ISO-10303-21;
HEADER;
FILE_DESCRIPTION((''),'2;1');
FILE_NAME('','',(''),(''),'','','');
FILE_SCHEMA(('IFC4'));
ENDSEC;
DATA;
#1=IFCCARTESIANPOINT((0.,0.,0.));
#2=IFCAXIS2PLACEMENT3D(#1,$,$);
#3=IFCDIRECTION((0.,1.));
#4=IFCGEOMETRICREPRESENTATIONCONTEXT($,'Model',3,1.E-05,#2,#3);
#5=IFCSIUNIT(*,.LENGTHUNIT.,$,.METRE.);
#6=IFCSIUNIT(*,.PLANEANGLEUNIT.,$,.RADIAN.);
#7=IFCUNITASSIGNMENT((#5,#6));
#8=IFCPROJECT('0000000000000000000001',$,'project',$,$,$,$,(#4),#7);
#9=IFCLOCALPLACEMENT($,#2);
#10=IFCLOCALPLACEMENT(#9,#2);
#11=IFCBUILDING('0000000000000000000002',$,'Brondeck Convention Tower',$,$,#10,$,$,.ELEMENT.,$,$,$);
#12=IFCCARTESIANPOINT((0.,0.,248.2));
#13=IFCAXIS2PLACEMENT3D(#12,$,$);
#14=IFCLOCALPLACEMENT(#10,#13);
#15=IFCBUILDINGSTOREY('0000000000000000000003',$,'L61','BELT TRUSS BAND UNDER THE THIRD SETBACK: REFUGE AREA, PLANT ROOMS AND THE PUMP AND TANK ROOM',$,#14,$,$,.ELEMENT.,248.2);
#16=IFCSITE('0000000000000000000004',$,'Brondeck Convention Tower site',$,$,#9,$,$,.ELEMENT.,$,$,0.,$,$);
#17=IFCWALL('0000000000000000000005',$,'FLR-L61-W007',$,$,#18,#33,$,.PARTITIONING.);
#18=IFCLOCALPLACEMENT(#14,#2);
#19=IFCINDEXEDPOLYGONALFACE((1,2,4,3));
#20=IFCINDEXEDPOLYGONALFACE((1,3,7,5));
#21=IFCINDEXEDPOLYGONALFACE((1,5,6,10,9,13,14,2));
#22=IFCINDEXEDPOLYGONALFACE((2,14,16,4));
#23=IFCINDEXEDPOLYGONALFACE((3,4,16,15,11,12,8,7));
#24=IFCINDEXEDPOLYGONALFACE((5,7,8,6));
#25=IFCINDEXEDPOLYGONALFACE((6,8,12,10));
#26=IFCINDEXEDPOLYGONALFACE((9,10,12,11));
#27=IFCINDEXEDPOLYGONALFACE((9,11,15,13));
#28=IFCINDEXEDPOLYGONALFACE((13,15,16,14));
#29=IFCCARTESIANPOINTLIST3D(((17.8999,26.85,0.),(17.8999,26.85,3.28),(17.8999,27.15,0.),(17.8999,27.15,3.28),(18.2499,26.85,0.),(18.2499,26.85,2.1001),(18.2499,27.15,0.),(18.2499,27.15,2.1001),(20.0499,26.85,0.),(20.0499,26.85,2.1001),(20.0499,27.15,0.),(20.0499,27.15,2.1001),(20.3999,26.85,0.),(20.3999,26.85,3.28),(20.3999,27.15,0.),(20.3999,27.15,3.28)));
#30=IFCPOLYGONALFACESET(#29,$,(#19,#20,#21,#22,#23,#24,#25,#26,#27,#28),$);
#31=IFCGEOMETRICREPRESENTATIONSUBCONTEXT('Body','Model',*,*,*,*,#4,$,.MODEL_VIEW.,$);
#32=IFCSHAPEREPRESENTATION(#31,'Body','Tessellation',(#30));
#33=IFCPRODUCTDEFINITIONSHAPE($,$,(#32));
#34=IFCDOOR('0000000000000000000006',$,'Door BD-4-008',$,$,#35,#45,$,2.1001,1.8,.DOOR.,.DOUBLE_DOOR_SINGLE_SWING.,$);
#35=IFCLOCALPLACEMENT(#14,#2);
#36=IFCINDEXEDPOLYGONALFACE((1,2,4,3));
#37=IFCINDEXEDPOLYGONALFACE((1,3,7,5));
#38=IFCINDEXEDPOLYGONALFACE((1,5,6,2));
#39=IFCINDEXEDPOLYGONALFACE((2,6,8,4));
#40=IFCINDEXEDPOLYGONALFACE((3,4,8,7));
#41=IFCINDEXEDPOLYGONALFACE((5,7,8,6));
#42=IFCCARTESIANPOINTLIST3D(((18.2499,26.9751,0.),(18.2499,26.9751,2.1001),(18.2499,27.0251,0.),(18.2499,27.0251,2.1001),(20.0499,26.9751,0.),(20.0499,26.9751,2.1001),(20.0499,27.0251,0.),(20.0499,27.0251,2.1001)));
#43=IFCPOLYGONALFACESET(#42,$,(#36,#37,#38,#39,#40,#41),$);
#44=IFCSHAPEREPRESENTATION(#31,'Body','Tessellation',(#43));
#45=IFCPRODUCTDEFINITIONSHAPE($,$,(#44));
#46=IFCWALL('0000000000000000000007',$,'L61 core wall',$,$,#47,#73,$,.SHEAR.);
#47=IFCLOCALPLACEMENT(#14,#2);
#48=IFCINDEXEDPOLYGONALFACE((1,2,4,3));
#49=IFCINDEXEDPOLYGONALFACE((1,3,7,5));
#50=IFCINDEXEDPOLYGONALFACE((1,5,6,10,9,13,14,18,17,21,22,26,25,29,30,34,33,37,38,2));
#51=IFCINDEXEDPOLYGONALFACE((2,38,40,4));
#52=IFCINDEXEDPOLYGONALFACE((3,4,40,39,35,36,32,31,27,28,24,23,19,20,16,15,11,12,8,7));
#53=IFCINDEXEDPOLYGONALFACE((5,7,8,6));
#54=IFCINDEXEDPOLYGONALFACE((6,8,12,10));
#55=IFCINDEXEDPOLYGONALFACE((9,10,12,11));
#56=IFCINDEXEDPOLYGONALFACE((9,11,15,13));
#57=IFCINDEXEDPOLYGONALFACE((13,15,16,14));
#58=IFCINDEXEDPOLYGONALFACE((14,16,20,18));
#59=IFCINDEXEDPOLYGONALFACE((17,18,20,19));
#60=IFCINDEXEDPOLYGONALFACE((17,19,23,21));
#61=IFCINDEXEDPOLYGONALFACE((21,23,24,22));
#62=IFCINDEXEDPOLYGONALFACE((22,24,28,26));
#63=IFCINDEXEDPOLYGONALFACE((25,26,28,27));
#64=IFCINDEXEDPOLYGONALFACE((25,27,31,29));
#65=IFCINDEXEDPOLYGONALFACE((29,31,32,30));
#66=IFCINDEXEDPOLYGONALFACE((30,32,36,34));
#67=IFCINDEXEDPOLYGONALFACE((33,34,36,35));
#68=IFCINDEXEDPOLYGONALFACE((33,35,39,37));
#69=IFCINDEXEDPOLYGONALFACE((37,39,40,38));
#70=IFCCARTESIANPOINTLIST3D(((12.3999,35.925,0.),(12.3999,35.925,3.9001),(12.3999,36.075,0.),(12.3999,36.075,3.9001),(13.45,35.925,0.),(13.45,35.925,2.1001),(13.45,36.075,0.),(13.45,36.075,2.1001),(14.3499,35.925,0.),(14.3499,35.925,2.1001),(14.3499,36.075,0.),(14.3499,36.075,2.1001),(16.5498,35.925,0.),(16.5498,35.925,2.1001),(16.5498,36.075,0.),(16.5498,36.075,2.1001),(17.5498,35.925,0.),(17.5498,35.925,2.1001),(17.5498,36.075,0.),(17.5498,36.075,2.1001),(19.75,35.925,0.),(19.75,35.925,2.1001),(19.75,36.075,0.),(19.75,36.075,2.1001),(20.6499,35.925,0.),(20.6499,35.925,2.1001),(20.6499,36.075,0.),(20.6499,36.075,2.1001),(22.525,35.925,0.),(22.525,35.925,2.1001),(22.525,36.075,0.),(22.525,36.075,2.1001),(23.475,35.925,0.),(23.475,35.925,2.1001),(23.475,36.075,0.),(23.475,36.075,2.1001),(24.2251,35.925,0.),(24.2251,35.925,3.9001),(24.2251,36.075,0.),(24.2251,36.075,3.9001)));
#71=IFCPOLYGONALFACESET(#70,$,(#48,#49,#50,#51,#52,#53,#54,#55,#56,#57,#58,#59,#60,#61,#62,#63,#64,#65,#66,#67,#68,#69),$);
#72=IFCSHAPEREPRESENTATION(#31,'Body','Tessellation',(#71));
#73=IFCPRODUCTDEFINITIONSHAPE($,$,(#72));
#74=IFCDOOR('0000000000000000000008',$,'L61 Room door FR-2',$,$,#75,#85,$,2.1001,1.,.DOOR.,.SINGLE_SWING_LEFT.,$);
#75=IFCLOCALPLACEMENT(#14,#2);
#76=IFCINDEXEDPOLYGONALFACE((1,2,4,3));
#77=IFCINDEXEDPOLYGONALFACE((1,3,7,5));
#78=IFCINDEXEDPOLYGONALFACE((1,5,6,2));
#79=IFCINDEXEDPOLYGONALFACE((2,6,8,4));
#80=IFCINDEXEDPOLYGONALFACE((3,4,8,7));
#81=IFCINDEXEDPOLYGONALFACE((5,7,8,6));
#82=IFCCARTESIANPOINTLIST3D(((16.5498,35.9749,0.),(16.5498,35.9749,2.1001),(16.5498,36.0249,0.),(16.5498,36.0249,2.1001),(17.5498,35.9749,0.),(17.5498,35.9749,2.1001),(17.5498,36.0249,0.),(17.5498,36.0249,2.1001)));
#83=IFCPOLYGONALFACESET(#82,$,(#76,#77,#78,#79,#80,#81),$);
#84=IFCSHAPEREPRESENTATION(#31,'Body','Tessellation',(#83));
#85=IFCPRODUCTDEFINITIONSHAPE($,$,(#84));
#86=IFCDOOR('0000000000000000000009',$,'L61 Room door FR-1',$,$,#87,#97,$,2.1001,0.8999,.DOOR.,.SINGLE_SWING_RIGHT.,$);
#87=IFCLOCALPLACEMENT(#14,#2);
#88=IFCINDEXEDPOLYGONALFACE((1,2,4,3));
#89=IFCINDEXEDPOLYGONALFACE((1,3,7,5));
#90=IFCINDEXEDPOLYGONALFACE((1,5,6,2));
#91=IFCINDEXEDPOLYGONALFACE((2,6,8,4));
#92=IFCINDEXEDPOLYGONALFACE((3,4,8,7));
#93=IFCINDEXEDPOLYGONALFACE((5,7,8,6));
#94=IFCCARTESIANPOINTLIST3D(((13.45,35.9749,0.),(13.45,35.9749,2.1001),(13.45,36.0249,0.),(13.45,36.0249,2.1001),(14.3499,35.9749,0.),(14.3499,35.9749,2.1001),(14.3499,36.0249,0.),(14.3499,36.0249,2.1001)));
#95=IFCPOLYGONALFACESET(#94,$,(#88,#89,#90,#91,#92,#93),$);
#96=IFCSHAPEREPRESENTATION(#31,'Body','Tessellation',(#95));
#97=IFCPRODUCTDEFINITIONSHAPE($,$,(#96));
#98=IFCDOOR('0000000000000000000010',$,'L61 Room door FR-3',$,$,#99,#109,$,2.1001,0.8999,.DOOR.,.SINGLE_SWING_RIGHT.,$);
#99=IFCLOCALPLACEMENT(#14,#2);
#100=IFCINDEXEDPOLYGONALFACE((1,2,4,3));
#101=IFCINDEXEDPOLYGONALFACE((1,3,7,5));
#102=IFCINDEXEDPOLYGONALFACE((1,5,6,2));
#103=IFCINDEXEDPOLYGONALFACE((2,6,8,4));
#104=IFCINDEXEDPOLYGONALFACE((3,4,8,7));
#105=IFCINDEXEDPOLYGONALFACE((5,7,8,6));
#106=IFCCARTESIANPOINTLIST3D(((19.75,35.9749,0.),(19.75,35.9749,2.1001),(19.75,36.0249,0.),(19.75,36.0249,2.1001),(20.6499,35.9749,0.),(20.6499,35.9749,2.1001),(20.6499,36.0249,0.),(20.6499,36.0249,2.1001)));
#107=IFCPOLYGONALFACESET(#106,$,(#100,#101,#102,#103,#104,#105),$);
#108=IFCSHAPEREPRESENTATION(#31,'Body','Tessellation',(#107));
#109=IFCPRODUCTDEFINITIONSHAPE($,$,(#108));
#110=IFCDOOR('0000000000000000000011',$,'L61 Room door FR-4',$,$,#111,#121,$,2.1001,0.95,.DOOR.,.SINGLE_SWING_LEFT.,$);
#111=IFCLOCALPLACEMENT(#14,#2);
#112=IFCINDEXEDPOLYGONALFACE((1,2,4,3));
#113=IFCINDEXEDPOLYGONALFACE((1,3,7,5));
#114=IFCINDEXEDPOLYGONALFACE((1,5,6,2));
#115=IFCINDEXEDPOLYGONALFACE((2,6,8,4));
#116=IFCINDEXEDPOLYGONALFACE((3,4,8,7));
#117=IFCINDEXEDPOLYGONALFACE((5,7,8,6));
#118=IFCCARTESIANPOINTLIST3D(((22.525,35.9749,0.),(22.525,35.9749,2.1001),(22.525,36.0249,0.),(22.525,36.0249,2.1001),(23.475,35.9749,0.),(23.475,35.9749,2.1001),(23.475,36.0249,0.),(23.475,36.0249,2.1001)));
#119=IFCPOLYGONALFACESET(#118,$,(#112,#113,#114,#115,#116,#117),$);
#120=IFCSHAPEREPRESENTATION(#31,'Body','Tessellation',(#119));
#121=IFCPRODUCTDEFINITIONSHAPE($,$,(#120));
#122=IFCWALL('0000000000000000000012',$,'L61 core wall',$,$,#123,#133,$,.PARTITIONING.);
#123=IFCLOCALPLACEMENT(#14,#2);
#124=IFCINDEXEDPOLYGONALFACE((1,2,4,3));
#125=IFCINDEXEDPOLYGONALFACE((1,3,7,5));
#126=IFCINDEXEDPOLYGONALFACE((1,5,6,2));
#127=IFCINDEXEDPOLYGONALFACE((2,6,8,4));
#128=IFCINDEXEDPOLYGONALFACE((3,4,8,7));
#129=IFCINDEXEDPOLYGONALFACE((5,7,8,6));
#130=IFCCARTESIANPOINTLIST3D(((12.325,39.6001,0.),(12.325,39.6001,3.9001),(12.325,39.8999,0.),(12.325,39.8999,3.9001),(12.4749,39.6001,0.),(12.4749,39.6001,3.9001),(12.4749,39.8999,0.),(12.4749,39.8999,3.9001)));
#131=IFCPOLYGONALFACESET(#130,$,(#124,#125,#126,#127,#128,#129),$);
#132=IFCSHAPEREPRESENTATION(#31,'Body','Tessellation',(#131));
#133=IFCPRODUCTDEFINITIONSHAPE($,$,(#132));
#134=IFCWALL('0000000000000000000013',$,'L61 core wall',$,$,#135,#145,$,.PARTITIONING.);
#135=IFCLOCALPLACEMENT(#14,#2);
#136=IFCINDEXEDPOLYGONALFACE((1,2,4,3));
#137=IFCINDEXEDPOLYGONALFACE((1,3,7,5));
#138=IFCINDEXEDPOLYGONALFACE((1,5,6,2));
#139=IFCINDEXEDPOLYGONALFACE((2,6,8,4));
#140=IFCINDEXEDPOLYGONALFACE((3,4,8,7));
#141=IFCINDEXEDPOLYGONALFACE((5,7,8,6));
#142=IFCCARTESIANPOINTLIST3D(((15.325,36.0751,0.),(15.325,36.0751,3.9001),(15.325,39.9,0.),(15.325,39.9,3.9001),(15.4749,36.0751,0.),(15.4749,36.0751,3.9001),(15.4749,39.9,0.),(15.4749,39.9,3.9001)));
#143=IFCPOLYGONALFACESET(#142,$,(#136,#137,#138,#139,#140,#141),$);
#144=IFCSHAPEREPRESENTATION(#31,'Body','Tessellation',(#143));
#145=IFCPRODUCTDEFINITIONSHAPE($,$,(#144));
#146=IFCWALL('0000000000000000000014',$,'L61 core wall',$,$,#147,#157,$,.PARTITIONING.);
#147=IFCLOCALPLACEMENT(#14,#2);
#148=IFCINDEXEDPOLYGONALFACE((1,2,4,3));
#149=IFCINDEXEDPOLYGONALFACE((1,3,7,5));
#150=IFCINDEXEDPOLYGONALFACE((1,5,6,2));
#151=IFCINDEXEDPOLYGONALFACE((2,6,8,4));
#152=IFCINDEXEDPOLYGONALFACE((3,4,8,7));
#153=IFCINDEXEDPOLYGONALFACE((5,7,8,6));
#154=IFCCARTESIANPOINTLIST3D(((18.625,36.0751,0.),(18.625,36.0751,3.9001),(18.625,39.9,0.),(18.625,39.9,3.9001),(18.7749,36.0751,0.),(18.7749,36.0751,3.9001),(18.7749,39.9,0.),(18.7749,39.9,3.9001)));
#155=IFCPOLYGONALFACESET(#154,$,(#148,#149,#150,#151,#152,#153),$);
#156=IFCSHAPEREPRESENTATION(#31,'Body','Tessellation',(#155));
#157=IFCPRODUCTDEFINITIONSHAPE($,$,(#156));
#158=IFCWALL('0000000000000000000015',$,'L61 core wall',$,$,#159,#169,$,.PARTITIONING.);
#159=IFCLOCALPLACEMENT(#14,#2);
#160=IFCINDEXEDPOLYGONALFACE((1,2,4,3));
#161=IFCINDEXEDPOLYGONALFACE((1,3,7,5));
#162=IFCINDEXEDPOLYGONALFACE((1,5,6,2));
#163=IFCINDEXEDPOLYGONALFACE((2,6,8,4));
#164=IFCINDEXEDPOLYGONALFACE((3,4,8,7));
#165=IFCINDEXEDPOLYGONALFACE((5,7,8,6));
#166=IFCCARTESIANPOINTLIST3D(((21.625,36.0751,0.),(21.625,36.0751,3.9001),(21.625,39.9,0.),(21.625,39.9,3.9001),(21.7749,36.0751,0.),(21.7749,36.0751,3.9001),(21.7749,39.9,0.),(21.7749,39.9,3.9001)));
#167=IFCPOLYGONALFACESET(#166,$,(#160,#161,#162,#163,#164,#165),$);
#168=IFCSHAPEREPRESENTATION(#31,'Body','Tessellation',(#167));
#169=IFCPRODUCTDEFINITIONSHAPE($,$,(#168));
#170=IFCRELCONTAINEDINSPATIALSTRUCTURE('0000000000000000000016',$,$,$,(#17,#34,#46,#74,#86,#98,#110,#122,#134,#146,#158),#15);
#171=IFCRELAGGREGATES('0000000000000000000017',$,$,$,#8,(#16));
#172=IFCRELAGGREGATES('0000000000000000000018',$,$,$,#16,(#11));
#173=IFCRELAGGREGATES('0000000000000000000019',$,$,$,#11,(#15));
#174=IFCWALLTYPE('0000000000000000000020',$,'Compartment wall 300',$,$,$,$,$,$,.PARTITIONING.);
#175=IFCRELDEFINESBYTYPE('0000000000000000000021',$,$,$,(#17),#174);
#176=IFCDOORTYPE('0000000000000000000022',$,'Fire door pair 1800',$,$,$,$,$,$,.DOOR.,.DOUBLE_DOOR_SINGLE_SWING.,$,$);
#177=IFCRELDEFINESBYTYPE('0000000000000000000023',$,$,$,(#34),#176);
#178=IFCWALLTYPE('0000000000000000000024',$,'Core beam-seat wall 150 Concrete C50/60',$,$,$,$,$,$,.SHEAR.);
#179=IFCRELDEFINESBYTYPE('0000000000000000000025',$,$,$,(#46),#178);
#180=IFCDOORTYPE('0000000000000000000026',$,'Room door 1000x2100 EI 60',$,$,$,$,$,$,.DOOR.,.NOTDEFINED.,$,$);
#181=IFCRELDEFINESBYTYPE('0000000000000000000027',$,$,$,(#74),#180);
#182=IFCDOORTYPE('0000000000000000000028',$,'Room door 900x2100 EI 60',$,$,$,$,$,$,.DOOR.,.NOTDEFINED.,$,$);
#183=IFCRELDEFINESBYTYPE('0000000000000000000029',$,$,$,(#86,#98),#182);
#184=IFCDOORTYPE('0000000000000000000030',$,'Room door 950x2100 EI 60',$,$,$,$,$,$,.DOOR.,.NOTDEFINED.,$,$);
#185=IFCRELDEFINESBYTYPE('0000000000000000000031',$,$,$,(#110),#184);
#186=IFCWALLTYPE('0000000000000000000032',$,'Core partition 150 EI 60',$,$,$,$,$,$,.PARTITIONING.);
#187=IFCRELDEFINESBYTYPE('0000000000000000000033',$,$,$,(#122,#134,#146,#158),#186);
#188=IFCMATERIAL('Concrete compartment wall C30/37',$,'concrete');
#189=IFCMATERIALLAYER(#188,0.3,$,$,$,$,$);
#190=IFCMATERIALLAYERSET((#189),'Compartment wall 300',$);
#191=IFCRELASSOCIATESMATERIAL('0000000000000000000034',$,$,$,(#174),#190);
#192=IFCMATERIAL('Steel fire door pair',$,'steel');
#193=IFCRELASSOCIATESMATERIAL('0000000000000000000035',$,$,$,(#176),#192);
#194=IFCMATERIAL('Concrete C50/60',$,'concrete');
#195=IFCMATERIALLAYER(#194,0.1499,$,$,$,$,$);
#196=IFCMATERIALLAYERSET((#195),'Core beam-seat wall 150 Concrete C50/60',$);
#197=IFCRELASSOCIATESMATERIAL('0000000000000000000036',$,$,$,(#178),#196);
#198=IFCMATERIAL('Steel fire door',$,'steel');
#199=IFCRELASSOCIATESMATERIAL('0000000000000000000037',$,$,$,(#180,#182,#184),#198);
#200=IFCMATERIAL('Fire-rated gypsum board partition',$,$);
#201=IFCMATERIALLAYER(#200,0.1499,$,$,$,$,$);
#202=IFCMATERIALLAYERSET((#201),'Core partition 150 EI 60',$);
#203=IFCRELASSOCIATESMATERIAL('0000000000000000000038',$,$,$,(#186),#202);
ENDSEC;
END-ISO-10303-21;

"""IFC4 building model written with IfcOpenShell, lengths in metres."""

from ifc_helpers import new_model, si_unit, direction, frame, frame_2d, origin, place, context, subcontext, project, spatial, rectangle, extrude, material, layer, layer_set, type_object, element, fill, save


model = new_model("IFC4")

# Units and contexts
model_context = context("Model", 3, precision=1e-05, world=origin(), true_north=direction((0.0, 1.0)))
body_context = subcontext(model_context, "Body", "Model", "MODEL_VIEW")
ifc_project = project(units=[si_unit("LENGTHUNIT", "METRE"), si_unit("PLANEANGLEUNIT", "RADIAN")], contexts=[model_context])

# Site, building, storey
site_placement = place(None, origin())
site = spatial("IfcSite", under=ifc_project, at=site_placement, Name="Brondeck Convention Tower site", CompositionType="ELEMENT", RefElevation=0.0)
building_placement = place(site_placement, origin())
building = spatial("IfcBuilding", under=site, at=building_placement, Name="Brondeck Convention Tower", CompositionType="ELEMENT")
storey_placement = place(building_placement, frame((0.0, 0.0, 248.2)))
storey = spatial("IfcBuildingStorey", under=building, at=storey_placement, Name="L61", Description="BELT TRUSS BAND UNDER THE THIRD SETBACK: REFUGE AREA, PLANT ROOMS AND THE PUMP AND TANK ROOM", CompositionType="ELEMENT", Elevation=248.2)

# Shared definitions
ifc_material_1 = material(Name="Concrete compartment wall C30/37", Category="concrete")
ifc_layer_1 = layer(ifc_material_1, 0.3)
ifc_layer_set_1 = layer_set([ifc_layer_1], Name="Compartment wall 300")
wall_type_1 = type_object("IfcWallType", Name="Compartment wall 300", PredefinedType="PARTITIONING", material=ifc_layer_set_1)

# Wall, opening, door
wall_1_placement = place(storey_placement, frame((20.3999, 27.0, 0.0), z_axis=(0.0, 0.0, 1.0), x_axis=(-1.0, 0.0, 0.0)))
wall_1 = element("IfcWall", 1, at=wall_1_placement, inside=storey, type_object=wall_type_1, Name="FLR-L61-W007", PredefinedType="PARTITIONING", context=body_context, shape_type="SweptSolid", body=[
    extrude(rectangle(XDim=2.5, YDim=0.3, at=frame_2d((1.25, 0.0))), origin(), (0.0, 0.0, 1.0), 3.28),
])
opening_1_placement = place(wall_1_placement, frame((0.3501, 0.0, 0.0)))
opening_1 = element("IfcOpeningElement", 2, at=opening_1_placement, cuts=wall_1, PredefinedType="OPENING", context=body_context, shape_type="SweptSolid", body=[
    extrude(rectangle(XDim=1.8, YDim=2.1001, at=frame_2d((0.8999, 1.05))), frame((0.0, 0.1599, 0.0), z_axis=(0.0, -1.0, 0.0), x_axis=(1.0, 0.0, 0.0)), (0.0, 0.0, 1.0), 0.3201),
])
ifc_material_2 = material(Name="Steel fire door pair", Category="steel")
door_type_1 = type_object("IfcDoorType", Name="Fire door pair 1800", OperationType="DOUBLE_DOOR_SINGLE_SWING", PredefinedType="DOOR", material=ifc_material_2)
door_1_placement = place(opening_1_placement, origin())
door_1 = element("IfcDoor", 3, at=door_1_placement, inside=storey, type_object=door_type_1, Name="Door BD-4-008", OperationType="DOUBLE_DOOR_SINGLE_SWING", OverallHeight=2.1001, OverallWidth=1.8, PredefinedType="DOOR", context=body_context, shape_type="SweptSolid", body=[
    extrude(rectangle(XDim=1.8, YDim=2.1001, at=frame_2d((0.8999, 1.05))), frame((0.0, 0.0249, 0.0), z_axis=(0.0, -1.0, 0.0), x_axis=(1.0, 0.0, 0.0)), (0.0, 0.0, 1.0), 0.05),
])
fill(opening_1, door_1)

# Wall, openings, doors
ifc_material_3 = material(Name="Concrete C50/60", Category="concrete")
ifc_layer_2 = layer(ifc_material_3, 0.1499)
ifc_layer_set_2 = layer_set([ifc_layer_2], Name="Core beam-seat wall 150 Concrete C50/60")
wall_type_2 = type_object("IfcWallType", Name="Core beam-seat wall 150 Concrete C50/60", PredefinedType="SHEAR", material=ifc_layer_set_2)
wall_2_placement = place(storey_placement, frame((12.3999, 36.0, 0.0), z_axis=(0.0, 0.0, 1.0), x_axis=(1.0, 0.0, 0.0)))
wall_2 = element("IfcWall", 4, at=wall_2_placement, inside=storey, type_object=wall_type_2, Name="L61 core wall", PredefinedType="SHEAR", context=body_context, shape_type="SweptSolid", body=[
    extrude(rectangle(XDim=11.8252, YDim=0.1499, at=frame_2d((5.9126, 0.0))), origin(), (0.0, 0.0, 1.0), 3.9001),
])
opening_2_placement = place(wall_2_placement, frame((1.05, 0.0, 0.0)))
opening_2 = element("IfcOpeningElement", 5, at=opening_2_placement, cuts=wall_2, PredefinedType="OPENING", context=body_context, shape_type="SweptSolid", body=[
    extrude(rectangle(XDim=0.8999, YDim=2.1001, at=frame_2d((0.45, 1.05))), frame((0.0, 0.085, 0.0), z_axis=(0.0, -1.0, 0.0), x_axis=(1.0, 0.0, 0.0)), (0.0, 0.0, 1.0), 0.1699),
])
opening_3_placement = place(wall_2_placement, frame((4.1499, 0.0, 0.0)))
opening_3 = element("IfcOpeningElement", 6, at=opening_3_placement, cuts=wall_2, PredefinedType="OPENING", context=body_context, shape_type="SweptSolid", body=[
    extrude(rectangle(XDim=1.0, YDim=2.1001, at=frame_2d((0.5, 1.05))), frame((0.0, 0.085, 0.0), z_axis=(0.0, -1.0, 0.0), x_axis=(1.0, 0.0, 0.0)), (0.0, 0.0, 1.0), 0.1699),
])
opening_4_placement = place(wall_2_placement, frame((7.3501, 0.0, 0.0)))
opening_4 = element("IfcOpeningElement", 7, at=opening_4_placement, cuts=wall_2, PredefinedType="OPENING", context=body_context, shape_type="SweptSolid", body=[
    extrude(rectangle(XDim=0.8999, YDim=2.1001, at=frame_2d((0.45, 1.05))), frame((0.0, 0.085, 0.0), z_axis=(0.0, -1.0, 0.0), x_axis=(1.0, 0.0, 0.0)), (0.0, 0.0, 1.0), 0.1699),
])
opening_5_placement = place(wall_2_placement, frame((10.125, 0.0, 0.0)))
opening_5 = element("IfcOpeningElement", 8, at=opening_5_placement, cuts=wall_2, PredefinedType="OPENING", context=body_context, shape_type="SweptSolid", body=[
    extrude(rectangle(XDim=0.95, YDim=2.1001, at=frame_2d((0.4751, 1.05))), frame((0.0, 0.085, 0.0), z_axis=(0.0, -1.0, 0.0), x_axis=(1.0, 0.0, 0.0)), (0.0, 0.0, 1.0), 0.1699),
])
ifc_material_4 = material(Name="Steel fire door", Category="steel")
door_type_2 = type_object("IfcDoorType", Name="Room door 1000x2100 EI 60", OperationType="NOTDEFINED", PredefinedType="DOOR", material=ifc_material_4)
door_2_placement = place(opening_3_placement, origin())
door_2 = element("IfcDoor", 9, at=door_2_placement, inside=storey, type_object=door_type_2, Name="L61 Room door FR-2", OperationType="SINGLE_SWING_LEFT", OverallHeight=2.1001, OverallWidth=1.0, PredefinedType="DOOR", context=body_context, shape_type="SweptSolid", body=[
    extrude(rectangle(XDim=1.0, YDim=2.1001, at=frame_2d((0.5, 1.05))), frame((0.0, 0.0249, 0.0), z_axis=(0.0, -1.0, 0.0), x_axis=(1.0, 0.0, 0.0)), (0.0, 0.0, 1.0), 0.05),
])
fill(opening_3, door_2)
door_type_3 = type_object("IfcDoorType", Name="Room door 900x2100 EI 60", OperationType="NOTDEFINED", PredefinedType="DOOR", material=ifc_material_4)
door_3_placement = place(opening_2_placement, origin())
door_3 = element("IfcDoor", 10, at=door_3_placement, inside=storey, type_object=door_type_3, Name="L61 Room door FR-1", OperationType="SINGLE_SWING_RIGHT", OverallHeight=2.1001, OverallWidth=0.8999, PredefinedType="DOOR", context=body_context, shape_type="SweptSolid", body=[
    extrude(rectangle(XDim=0.8999, YDim=2.1001, at=frame_2d((0.45, 1.05))), frame((0.0, 0.0249, 0.0), z_axis=(0.0, -1.0, 0.0), x_axis=(1.0, 0.0, 0.0)), (0.0, 0.0, 1.0), 0.05),
])
fill(opening_2, door_3)
door_4_placement = place(opening_4_placement, origin())
door_4 = element("IfcDoor", 11, at=door_4_placement, inside=storey, type_object=door_type_3, Name="L61 Room door FR-3", OperationType="SINGLE_SWING_RIGHT", OverallHeight=2.1001, OverallWidth=0.8999, PredefinedType="DOOR", context=body_context, shape_type="SweptSolid", body=[
    extrude(rectangle(XDim=0.8999, YDim=2.1001, at=frame_2d((0.45, 1.05))), frame((0.0, 0.0249, 0.0), z_axis=(0.0, -1.0, 0.0), x_axis=(1.0, 0.0, 0.0)), (0.0, 0.0, 1.0), 0.05),
])
fill(opening_4, door_4)
door_type_4 = type_object("IfcDoorType", Name="Room door 950x2100 EI 60", OperationType="NOTDEFINED", PredefinedType="DOOR", material=ifc_material_4)
door_5_placement = place(opening_5_placement, origin())
door_5 = element("IfcDoor", 12, at=door_5_placement, inside=storey, type_object=door_type_4, Name="L61 Room door FR-4", OperationType="SINGLE_SWING_LEFT", OverallHeight=2.1001, OverallWidth=0.95, PredefinedType="DOOR", context=body_context, shape_type="SweptSolid", body=[
    extrude(rectangle(XDim=0.95, YDim=2.1001, at=frame_2d((0.4751, 1.05))), frame((0.0, 0.0249, 0.0), z_axis=(0.0, -1.0, 0.0), x_axis=(1.0, 0.0, 0.0)), (0.0, 0.0, 1.0), 0.05),
])
fill(opening_5, door_5)

# Walls
ifc_material_5 = material(Name="Fire-rated gypsum board partition")
ifc_layer_3 = layer(ifc_material_5, 0.1499)
ifc_layer_set_3 = layer_set([ifc_layer_3], Name="Core partition 150 EI 60")
wall_type_3 = type_object("IfcWallType", Name="Core partition 150 EI 60", PredefinedType="PARTITIONING", material=ifc_layer_set_3)
wall_3_placement = place(storey_placement, frame((12.3999, 39.6001, 0.0), z_axis=(0.0, 0.0, 1.0), x_axis=(0.0, 1.0, 0.0)))
element("IfcWall", 13, at=wall_3_placement, inside=storey, type_object=wall_type_3, Name="L61 core wall", PredefinedType="PARTITIONING", context=body_context, shape_type="SweptSolid", body=[
    extrude(rectangle(XDim=0.2998, YDim=0.1499, at=frame_2d((0.1499, 0.0))), origin(), (0.0, 0.0, 1.0), 3.9001),
])
for number, where, z_axis, x_axis, name in (
    (14, (15.3999, 36.075, 0.0), (0.0, 0.0, 1.0), (0.0, 1.0, 0.0), "L61 core wall"),
    (15, (18.7, 36.075, 0.0), (0.0, 0.0, 1.0), (0.0, 1.0, 0.0), "L61 core wall"),
    (16, (21.7, 36.075, 0.0), (0.0, 0.0, 1.0), (0.0, 1.0, 0.0), "L61 core wall"),
):
    element("IfcWall", number, at=place(storey_placement, frame(where, z_axis=z_axis, x_axis=x_axis)), inside=storey, type_object=wall_type_3, Name=name, PredefinedType="PARTITIONING", context=body_context, shape_type="SweptSolid", body=[
        extrude(rectangle(XDim=3.825, YDim=0.1499, at=frame_2d((1.9126, 0.0))), origin(), (0.0, 0.0, 1.0), 3.9001),
    ])

save(model, "model.ifc")
